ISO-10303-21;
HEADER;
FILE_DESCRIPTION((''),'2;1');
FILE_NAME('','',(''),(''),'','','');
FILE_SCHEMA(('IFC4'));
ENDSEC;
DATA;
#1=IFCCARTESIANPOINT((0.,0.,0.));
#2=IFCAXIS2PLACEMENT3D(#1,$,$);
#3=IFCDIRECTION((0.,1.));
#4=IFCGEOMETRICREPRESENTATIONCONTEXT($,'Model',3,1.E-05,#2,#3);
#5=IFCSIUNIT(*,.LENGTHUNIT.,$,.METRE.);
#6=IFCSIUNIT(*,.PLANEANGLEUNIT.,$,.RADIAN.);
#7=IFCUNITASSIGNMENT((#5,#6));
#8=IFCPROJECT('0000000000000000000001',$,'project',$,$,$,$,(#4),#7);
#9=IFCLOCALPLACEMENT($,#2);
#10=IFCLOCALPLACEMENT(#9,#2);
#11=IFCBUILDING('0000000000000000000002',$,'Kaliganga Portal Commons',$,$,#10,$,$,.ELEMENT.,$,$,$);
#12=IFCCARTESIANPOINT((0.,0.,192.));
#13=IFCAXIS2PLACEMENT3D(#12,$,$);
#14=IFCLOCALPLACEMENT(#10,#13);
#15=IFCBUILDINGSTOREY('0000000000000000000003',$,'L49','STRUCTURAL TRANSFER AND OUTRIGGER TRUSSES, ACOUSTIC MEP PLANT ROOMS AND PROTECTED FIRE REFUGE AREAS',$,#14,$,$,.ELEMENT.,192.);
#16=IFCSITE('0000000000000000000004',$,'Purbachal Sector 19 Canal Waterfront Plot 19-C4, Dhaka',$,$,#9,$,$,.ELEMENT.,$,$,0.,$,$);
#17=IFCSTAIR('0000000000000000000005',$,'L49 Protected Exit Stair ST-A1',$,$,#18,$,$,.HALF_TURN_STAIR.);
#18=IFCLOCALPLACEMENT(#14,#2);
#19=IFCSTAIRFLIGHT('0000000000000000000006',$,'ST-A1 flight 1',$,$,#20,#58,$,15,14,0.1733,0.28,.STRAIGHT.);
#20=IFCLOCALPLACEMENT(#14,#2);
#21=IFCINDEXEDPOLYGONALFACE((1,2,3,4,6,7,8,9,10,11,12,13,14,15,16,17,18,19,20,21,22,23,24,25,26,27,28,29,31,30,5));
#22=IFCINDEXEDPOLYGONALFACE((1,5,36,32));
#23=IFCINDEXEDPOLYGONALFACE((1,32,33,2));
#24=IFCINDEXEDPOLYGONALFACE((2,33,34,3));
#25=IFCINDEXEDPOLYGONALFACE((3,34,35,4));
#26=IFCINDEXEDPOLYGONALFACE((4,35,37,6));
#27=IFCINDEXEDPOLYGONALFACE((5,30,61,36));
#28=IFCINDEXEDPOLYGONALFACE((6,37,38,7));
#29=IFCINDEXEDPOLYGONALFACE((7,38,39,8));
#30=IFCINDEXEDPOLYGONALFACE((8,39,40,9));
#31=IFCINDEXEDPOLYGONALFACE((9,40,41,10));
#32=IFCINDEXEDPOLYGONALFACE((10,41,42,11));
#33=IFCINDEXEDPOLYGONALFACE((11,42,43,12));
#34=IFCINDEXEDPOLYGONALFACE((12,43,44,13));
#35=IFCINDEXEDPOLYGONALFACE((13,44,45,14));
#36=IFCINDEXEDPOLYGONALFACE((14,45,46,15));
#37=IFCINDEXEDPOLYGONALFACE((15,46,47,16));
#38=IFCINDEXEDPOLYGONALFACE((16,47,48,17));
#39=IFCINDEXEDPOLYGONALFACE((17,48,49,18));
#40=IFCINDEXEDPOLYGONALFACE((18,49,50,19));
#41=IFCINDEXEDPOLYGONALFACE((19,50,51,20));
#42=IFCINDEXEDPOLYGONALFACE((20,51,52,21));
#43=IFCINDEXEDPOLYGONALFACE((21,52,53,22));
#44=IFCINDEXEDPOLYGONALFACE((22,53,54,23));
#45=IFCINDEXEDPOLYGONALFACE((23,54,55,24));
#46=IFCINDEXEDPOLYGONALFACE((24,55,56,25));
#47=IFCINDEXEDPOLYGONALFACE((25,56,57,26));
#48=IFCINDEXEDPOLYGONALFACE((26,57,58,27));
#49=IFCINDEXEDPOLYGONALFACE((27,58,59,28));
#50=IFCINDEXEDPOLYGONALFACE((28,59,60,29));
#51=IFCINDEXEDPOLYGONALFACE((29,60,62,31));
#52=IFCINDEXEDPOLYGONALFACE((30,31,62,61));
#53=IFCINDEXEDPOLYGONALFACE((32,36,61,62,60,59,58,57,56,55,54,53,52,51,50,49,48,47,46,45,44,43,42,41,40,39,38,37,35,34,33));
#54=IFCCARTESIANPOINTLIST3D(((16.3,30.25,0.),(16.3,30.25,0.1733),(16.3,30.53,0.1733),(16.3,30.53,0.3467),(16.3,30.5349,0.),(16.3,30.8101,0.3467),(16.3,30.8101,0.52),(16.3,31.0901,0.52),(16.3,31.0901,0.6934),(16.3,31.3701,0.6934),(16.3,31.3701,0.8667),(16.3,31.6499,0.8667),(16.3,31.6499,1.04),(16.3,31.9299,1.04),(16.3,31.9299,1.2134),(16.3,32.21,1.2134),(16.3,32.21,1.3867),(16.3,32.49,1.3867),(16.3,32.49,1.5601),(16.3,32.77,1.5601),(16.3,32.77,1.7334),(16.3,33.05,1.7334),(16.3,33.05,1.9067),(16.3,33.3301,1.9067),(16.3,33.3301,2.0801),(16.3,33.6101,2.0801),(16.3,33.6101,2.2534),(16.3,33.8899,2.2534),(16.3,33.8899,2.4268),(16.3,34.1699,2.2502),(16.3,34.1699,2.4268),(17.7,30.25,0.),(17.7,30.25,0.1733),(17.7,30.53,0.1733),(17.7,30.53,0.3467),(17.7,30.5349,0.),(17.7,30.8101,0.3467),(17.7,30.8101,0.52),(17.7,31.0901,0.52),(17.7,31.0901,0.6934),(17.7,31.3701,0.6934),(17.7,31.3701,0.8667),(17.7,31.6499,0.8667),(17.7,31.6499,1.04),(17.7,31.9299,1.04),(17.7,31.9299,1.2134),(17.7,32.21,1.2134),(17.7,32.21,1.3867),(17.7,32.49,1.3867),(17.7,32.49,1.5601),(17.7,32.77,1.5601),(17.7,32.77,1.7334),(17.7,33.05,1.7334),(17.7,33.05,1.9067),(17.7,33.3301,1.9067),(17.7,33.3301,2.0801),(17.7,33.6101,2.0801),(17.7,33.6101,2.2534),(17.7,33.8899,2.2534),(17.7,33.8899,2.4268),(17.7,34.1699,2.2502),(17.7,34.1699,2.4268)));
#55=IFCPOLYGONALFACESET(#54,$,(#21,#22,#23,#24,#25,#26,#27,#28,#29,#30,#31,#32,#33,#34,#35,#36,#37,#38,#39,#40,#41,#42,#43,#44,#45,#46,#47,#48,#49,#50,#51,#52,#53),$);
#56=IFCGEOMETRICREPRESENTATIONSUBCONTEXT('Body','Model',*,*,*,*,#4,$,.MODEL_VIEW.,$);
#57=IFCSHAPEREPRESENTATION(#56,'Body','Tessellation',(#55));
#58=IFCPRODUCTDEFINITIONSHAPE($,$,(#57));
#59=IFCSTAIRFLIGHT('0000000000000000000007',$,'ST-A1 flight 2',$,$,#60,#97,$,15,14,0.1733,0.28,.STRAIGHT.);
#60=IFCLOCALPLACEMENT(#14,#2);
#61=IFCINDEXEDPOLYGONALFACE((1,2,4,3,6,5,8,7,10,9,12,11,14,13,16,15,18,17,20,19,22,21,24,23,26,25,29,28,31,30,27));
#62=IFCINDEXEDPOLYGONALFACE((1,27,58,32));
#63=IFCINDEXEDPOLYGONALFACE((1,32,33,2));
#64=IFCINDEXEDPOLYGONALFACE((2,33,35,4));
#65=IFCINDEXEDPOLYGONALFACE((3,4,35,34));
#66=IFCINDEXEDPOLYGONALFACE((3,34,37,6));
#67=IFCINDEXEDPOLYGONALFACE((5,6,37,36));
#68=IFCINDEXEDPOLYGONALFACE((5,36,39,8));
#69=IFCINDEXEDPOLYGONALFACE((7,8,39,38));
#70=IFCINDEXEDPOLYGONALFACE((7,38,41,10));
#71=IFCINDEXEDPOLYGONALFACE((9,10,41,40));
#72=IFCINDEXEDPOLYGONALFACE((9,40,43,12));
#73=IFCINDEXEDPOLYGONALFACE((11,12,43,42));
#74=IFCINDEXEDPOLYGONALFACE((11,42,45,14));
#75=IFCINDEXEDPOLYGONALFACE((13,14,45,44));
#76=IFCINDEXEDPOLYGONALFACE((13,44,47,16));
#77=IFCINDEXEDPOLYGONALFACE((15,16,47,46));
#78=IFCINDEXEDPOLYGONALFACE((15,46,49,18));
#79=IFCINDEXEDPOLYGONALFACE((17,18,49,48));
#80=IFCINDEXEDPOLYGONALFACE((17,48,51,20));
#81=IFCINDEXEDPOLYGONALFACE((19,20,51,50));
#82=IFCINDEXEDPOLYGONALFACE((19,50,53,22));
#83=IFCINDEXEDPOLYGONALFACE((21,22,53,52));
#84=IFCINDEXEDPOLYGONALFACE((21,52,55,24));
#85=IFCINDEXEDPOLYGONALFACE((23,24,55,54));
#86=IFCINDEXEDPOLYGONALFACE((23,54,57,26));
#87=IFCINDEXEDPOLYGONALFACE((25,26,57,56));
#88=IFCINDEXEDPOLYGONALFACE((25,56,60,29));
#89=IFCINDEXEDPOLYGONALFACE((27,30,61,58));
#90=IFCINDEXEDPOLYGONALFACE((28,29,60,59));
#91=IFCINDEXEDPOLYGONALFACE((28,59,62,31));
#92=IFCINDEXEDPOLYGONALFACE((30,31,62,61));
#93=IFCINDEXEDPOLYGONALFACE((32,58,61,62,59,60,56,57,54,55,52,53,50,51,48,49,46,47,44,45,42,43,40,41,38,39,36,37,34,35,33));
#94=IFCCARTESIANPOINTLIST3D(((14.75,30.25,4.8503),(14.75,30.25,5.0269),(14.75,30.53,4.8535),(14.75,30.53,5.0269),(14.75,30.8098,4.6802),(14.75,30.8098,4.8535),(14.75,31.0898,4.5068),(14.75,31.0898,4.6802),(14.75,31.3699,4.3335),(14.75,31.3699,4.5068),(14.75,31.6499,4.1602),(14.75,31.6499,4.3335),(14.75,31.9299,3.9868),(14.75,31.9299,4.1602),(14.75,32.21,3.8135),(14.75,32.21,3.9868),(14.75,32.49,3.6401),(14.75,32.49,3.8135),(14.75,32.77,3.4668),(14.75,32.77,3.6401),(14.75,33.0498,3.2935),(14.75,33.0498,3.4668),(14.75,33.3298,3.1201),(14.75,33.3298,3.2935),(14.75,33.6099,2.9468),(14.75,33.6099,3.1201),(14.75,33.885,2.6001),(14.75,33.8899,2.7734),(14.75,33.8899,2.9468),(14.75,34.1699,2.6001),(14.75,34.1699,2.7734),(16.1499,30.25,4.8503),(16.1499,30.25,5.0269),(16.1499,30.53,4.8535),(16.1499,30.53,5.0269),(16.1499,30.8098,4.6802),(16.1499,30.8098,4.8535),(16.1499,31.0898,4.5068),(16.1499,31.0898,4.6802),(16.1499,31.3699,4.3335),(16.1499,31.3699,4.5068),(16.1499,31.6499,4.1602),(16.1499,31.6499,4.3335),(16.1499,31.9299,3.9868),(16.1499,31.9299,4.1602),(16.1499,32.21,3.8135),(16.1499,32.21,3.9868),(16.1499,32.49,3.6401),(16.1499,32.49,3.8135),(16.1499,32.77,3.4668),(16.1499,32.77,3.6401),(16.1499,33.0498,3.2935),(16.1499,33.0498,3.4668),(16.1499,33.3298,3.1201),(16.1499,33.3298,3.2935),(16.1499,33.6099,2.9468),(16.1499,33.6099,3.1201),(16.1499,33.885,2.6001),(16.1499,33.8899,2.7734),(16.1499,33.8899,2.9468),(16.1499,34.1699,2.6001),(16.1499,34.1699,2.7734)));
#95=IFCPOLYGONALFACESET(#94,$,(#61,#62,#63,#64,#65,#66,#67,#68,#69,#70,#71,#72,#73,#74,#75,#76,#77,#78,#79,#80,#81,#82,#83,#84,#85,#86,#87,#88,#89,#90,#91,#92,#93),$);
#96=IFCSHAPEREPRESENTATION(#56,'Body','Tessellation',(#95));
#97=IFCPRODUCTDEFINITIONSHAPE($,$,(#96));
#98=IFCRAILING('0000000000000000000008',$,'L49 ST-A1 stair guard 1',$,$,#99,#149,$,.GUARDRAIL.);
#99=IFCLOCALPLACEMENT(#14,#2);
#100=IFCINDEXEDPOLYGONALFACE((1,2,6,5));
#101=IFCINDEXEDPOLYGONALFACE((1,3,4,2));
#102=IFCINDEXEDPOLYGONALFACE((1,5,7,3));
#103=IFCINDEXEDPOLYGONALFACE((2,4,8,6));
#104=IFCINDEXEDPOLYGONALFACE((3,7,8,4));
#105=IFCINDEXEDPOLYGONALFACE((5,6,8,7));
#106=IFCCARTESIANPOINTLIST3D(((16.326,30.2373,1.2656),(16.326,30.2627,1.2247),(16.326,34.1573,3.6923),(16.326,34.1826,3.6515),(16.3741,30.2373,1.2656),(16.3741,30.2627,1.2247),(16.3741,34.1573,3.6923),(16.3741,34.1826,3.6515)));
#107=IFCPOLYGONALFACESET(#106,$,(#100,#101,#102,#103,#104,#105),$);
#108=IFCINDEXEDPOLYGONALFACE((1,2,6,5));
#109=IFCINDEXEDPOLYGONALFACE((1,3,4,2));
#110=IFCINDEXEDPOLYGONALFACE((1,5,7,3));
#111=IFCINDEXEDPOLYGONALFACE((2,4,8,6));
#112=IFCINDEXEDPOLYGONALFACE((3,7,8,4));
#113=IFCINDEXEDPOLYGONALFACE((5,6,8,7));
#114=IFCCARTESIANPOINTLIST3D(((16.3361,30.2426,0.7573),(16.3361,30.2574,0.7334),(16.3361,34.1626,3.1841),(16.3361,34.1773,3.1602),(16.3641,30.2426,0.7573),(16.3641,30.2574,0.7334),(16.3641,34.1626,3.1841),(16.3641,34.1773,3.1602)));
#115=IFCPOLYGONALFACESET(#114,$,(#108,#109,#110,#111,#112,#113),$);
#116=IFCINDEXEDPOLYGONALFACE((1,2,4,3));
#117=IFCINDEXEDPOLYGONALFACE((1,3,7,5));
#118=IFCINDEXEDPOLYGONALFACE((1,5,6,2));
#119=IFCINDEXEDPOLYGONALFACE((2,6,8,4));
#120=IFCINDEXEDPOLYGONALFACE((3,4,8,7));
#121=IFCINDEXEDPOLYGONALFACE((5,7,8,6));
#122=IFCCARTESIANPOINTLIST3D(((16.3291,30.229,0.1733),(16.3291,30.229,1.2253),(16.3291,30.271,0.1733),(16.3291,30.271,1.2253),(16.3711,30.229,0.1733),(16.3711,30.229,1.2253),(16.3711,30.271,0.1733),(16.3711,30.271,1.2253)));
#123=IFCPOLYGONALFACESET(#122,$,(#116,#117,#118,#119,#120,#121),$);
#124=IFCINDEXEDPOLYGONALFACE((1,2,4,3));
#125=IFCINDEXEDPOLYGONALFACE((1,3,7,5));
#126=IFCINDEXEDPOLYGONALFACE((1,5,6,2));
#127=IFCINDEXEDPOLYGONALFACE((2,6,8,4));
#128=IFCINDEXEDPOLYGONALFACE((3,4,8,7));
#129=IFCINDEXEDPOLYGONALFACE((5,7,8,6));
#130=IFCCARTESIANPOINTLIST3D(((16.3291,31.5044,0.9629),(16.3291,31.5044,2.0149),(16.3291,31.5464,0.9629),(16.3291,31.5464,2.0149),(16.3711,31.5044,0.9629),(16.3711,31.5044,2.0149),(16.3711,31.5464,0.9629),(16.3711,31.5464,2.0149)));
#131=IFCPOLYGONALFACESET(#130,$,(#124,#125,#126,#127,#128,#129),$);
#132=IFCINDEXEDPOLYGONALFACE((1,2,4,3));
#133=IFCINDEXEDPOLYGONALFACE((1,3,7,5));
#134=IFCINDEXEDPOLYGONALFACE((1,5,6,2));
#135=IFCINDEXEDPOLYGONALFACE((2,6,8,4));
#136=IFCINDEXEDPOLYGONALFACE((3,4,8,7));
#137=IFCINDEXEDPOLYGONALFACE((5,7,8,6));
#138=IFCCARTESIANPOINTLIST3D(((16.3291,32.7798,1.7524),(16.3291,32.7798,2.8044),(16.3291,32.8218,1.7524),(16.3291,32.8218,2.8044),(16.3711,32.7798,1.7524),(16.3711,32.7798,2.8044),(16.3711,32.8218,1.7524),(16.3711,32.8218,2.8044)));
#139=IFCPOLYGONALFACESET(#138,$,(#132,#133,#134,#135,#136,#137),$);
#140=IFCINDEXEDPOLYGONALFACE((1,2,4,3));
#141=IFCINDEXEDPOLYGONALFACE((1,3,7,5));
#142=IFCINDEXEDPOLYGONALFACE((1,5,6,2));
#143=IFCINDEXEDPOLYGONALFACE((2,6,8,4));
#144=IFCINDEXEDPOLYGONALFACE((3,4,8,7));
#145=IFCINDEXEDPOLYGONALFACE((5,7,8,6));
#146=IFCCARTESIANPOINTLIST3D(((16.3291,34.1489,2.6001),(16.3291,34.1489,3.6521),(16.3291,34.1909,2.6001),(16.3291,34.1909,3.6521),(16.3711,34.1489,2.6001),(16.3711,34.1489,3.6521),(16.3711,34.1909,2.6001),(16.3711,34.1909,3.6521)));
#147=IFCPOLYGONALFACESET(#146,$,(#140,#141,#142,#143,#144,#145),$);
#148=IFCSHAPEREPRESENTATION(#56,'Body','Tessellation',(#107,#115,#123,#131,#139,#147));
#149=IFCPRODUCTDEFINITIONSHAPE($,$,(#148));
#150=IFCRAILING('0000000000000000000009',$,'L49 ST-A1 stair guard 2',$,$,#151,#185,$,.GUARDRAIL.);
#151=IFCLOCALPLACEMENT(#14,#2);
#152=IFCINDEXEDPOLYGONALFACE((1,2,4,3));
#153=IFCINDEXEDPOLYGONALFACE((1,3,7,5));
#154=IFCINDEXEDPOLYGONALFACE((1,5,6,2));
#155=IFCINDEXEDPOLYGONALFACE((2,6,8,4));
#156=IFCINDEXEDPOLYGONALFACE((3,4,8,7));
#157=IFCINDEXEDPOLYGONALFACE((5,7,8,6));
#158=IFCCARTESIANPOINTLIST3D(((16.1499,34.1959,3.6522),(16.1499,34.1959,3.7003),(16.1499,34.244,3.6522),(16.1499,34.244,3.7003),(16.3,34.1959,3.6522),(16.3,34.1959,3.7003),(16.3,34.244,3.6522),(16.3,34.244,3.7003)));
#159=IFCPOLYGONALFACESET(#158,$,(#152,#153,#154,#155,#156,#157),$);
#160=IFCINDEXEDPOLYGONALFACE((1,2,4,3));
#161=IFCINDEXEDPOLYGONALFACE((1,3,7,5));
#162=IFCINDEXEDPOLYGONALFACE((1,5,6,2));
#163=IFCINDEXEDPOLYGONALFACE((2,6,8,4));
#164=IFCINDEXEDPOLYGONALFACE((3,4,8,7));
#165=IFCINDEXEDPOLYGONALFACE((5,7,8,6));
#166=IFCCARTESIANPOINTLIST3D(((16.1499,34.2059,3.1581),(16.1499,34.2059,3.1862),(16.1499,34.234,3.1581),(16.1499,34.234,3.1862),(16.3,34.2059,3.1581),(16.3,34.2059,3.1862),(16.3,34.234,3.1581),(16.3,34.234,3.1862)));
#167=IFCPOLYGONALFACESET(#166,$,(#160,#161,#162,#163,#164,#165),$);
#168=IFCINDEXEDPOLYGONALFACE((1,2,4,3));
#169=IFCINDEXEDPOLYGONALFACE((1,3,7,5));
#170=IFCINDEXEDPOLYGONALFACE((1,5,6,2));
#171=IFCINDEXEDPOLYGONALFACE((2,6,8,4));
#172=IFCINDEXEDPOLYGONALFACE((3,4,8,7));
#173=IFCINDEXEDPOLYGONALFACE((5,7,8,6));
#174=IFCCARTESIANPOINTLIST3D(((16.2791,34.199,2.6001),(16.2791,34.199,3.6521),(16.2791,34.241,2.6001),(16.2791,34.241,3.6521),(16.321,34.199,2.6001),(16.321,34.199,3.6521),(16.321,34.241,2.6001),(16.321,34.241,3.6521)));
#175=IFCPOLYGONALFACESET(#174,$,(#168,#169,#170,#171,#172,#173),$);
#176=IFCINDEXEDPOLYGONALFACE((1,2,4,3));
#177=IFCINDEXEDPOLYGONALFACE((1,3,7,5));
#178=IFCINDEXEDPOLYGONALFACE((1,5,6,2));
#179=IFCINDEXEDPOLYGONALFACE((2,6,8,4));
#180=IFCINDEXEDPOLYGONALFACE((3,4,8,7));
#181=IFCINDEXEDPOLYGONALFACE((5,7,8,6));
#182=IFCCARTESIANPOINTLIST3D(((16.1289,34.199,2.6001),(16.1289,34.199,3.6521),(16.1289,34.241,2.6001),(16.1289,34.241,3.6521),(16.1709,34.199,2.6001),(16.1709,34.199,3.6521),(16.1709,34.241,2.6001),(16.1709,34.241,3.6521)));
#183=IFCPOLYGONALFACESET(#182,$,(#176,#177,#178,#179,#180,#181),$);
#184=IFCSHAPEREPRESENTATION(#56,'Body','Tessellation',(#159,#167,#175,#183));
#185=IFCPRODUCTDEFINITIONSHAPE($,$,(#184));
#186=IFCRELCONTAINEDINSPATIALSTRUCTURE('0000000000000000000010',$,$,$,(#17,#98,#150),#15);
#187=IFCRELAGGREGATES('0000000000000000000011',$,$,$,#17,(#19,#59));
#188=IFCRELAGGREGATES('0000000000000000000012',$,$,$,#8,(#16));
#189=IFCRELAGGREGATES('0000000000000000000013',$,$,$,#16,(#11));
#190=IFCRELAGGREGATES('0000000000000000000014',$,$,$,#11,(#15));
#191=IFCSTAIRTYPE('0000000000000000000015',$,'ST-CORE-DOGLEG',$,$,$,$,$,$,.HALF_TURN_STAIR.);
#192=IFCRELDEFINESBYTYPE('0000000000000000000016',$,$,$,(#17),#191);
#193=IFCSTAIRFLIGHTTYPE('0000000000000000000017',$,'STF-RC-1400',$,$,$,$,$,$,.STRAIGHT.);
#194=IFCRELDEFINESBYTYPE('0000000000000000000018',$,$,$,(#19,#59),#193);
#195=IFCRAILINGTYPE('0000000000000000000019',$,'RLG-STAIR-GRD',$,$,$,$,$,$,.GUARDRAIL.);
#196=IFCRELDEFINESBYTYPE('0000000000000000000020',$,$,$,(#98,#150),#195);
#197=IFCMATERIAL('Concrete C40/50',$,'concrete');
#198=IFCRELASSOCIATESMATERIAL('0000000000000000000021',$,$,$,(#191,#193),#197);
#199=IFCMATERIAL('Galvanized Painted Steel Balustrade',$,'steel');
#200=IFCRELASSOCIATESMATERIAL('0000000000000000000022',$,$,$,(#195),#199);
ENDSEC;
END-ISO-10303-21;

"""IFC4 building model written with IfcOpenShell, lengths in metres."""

from ifc_helpers import new_model, si_unit, direction, frame, origin, origin_2d, place, context, subcontext, project, spatial, polyline, rectangle, outline, extrude, material, type_object, element, aggregate, save


model = new_model("IFC4")

# Units and contexts
model_context = context("Model", 3, precision=1e-05, world=origin(), true_north=direction((0.0, 1.0)))
body_context = subcontext(model_context, "Body", "Model", "MODEL_VIEW")
ifc_project = project(units=[si_unit("LENGTHUNIT", "METRE"), si_unit("PLANEANGLEUNIT", "RADIAN")], contexts=[model_context])

# Site, building, storey
site_placement = place(None, origin())
site = spatial("IfcSite", under=ifc_project, at=site_placement, Name="Purbachal Sector 19 Canal Waterfront Plot 19-C4, Dhaka", CompositionType="ELEMENT", RefElevation=0.0)
building_placement = place(site_placement, origin())
building = spatial("IfcBuilding", under=site, at=building_placement, Name="Kaliganga Portal Commons", CompositionType="ELEMENT")
storey_placement = place(building_placement, frame((0.0, 0.0, 192.0)))
storey = spatial("IfcBuildingStorey", under=building, at=storey_placement, Name="L49", Description="STRUCTURAL TRANSFER AND OUTRIGGER TRUSSES, ACOUSTIC MEP PLANT ROOMS AND PROTECTED FIRE REFUGE AREAS", CompositionType="ELEMENT", Elevation=192.0)

# Stair, stair flights
ifc_material_1 = material(Name="Concrete C40/50", Category="concrete")
stair_type = type_object("IfcStairType", Name="ST-CORE-DOGLEG", PredefinedType="HALF_TURN_STAIR", material=ifc_material_1)
stair_placement = place(storey_placement, origin())
stair = element("IfcStair", 1, at=stair_placement, inside=storey, type_object=stair_type, Name="L49 Protected Exit Stair ST-A1", PredefinedType="HALF_TURN_STAIR")
stair_flight_type = type_object("IfcStairFlightType", Name="STF-RC-1400", PredefinedType="STRAIGHT", material=ifc_material_1)
stair_flight_1_placement = place(storey_placement, frame((17.0, 30.25, 0.0), z_axis=(0.0, 0.0, 1.0), x_axis=(0.0, 1.0, 0.0)))
stair_flight_1 = element("IfcStairFlight", 2, at=stair_flight_1_placement, type_object=stair_flight_type, Name="ST-A1 flight 1", NumberOfRisers=15, NumberOfTreads=14, PredefinedType="STRAIGHT", RiserHeight=0.1733, TreadLength=0.28, context=body_context, shape_type="SweptSolid", body=[
    extrude(outline(polyline([(0.0, 0.0), (0.0, 0.1733), (0.28, 0.1733), (0.28, 0.3467), (0.5601, 0.3467), (0.5601, 0.52), (0.8401, 0.52), (0.8401, 0.6934), (1.1201, 0.6934), (1.1201, 0.8667), (1.3999, 0.8667), (1.3999, 1.04), (1.6799, 1.04), (1.6799, 1.2134), (1.96, 1.2134), (1.96, 1.3867), (2.24, 1.3867), (2.24, 1.5601), (2.52, 1.5601), (2.52, 1.7334), (2.8, 1.7334), (2.8, 1.9067), (3.0801, 1.9067), (3.0801, 2.0801), (3.3601, 2.0801), (3.3601, 2.2534), (3.6399, 2.2534), (3.6399, 2.4268), (3.9199, 2.4268), (3.9199, 2.6001), (3.9199, 2.2502), (0.2849, 0.0), (0.0, 0.0)])), frame((0.0, 0.7, 0.0), z_axis=(0.0, -1.0, 0.0), x_axis=(1.0, 0.0, 0.0)), (0.0, 0.0, 1.0), 1.3999),
])
stair_flight_2_placement = place(storey_placement, frame((15.45, 34.1699, 2.6001), z_axis=(0.0, 0.0, 1.0), x_axis=(0.0, -1.0, 0.0)))
stair_flight_2 = element("IfcStairFlight", 3, at=stair_flight_2_placement, type_object=stair_flight_type, Name="ST-A1 flight 2", NumberOfRisers=15, NumberOfTreads=14, PredefinedType="STRAIGHT", RiserHeight=0.1733, TreadLength=0.28, context=body_context, shape_type="SweptSolid", body=[
    extrude(outline(polyline([(0.0, 0.0), (0.0, 0.1733), (0.28, 0.1733), (0.28, 0.3467), (0.5601, 0.3467), (0.5601, 0.52), (0.8401, 0.52), (0.8401, 0.6934), (1.1201, 0.6934), (1.1201, 0.8667), (1.3999, 0.8667), (1.3999, 1.04), (1.6799, 1.04), (1.6799, 1.2134), (1.96, 1.2134), (1.96, 1.3867), (2.24, 1.3867), (2.24, 1.5601), (2.52, 1.5601), (2.52, 1.7334), (2.8, 1.7334), (2.8, 1.9067), (3.0801, 1.9067), (3.0801, 2.0801), (3.3601, 2.0801), (3.3601, 2.2534), (3.6399, 2.2534), (3.6399, 2.4268), (3.9199, 2.4268), (3.9199, 2.6001), (3.9199, 2.2502), (0.2849, 0.0), (0.0, 0.0)])), frame((0.0, 0.7, 0.0), z_axis=(0.0, -1.0, 0.0), x_axis=(1.0, 0.0, 0.0)), (0.0, 0.0, 1.0), 1.3999),
])
aggregate(stair, [stair_flight_1, stair_flight_2])

# Railings
ifc_material_2 = material(Name="Galvanized Painted Steel Balustrade", Category="steel")
railing_type_1 = type_object("IfcRailingType", Name="RLG-STAIR-GRD", PredefinedType="GUARDRAIL", material=ifc_material_2)
railing_1_placement = place(storey_placement, frame((16.3501, 30.25, 0.1733)))
element("IfcRailing", 4, at=railing_1_placement, inside=storey, type_object=railing_type_1, Name="L49 ST-A1 stair guard 1", PredefinedType="GUARDRAIL", context=body_context, shape_type="SweptSolid", body=[
    extrude(rectangle(XDim=0.0481, YDim=0.0481, at=origin_2d()), frame((0.0, 0.0, 1.0718), z_axis=(0.0, 0.850252, 0.526376), x_axis=(-1.0, 0.0, 0.0)), (0.0, 0.0, 1.0), 4.6104),
    extrude(rectangle(XDim=0.0281, YDim=0.0281, at=origin_2d()), frame((0.0, 0.0, 0.572), z_axis=(0.0, 0.850252, 0.526376), x_axis=(-1.0, 0.0, 0.0)), (0.0, 0.0, 1.0), 4.6104),
    extrude(rectangle(XDim=0.042, YDim=0.042, at=origin_2d()), origin(), (0.0, 0.0, 1.0), 1.052),
    extrude(rectangle(XDim=0.042, YDim=0.042, at=origin_2d()), frame((0.0, 1.2754, 0.7896)), (0.0, 0.0, 1.0), 1.052),
    extrude(rectangle(XDim=0.042, YDim=0.042, at=origin_2d()), frame((0.0, 2.5508, 1.5791)), (0.0, 0.0, 1.0), 1.052),
    extrude(rectangle(XDim=0.042, YDim=0.042, at=origin_2d()), frame((0.0, 3.9199, 2.4268)), (0.0, 0.0, 1.0), 1.052),
])
railing_2_placement = place(storey_placement, frame((16.3, 34.22, 2.6001)))
element("IfcRailing", 5, at=railing_2_placement, inside=storey, type_object=railing_type_1, Name="L49 ST-A1 stair guard 2", PredefinedType="GUARDRAIL", context=body_context, shape_type="SweptSolid", body=[
    extrude(rectangle(XDim=0.0481, YDim=0.0481, at=origin_2d()), frame((0.0, 0.0, 1.0762), z_axis=(-1.0, 0.0, 0.0), x_axis=(0.0, -1.0, 0.0)), (0.0, 0.0, 1.0), 0.1501),
    extrude(rectangle(XDim=0.0281, YDim=0.0281, at=origin_2d()), frame((0.0, 0.0, 0.572), z_axis=(-1.0, 0.0, 0.0), x_axis=(0.0, -1.0, 0.0)), (0.0, 0.0, 1.0), 0.1501),
    extrude(rectangle(XDim=0.042, YDim=0.042, at=origin_2d()), origin(), (0.0, 0.0, 1.0), 1.052),
    extrude(rectangle(XDim=0.042, YDim=0.042, at=origin_2d()), frame((-0.1501, 0.0, 0.0)), (0.0, 0.0, 1.0), 1.052),
])

save(model, "model.ifc")
